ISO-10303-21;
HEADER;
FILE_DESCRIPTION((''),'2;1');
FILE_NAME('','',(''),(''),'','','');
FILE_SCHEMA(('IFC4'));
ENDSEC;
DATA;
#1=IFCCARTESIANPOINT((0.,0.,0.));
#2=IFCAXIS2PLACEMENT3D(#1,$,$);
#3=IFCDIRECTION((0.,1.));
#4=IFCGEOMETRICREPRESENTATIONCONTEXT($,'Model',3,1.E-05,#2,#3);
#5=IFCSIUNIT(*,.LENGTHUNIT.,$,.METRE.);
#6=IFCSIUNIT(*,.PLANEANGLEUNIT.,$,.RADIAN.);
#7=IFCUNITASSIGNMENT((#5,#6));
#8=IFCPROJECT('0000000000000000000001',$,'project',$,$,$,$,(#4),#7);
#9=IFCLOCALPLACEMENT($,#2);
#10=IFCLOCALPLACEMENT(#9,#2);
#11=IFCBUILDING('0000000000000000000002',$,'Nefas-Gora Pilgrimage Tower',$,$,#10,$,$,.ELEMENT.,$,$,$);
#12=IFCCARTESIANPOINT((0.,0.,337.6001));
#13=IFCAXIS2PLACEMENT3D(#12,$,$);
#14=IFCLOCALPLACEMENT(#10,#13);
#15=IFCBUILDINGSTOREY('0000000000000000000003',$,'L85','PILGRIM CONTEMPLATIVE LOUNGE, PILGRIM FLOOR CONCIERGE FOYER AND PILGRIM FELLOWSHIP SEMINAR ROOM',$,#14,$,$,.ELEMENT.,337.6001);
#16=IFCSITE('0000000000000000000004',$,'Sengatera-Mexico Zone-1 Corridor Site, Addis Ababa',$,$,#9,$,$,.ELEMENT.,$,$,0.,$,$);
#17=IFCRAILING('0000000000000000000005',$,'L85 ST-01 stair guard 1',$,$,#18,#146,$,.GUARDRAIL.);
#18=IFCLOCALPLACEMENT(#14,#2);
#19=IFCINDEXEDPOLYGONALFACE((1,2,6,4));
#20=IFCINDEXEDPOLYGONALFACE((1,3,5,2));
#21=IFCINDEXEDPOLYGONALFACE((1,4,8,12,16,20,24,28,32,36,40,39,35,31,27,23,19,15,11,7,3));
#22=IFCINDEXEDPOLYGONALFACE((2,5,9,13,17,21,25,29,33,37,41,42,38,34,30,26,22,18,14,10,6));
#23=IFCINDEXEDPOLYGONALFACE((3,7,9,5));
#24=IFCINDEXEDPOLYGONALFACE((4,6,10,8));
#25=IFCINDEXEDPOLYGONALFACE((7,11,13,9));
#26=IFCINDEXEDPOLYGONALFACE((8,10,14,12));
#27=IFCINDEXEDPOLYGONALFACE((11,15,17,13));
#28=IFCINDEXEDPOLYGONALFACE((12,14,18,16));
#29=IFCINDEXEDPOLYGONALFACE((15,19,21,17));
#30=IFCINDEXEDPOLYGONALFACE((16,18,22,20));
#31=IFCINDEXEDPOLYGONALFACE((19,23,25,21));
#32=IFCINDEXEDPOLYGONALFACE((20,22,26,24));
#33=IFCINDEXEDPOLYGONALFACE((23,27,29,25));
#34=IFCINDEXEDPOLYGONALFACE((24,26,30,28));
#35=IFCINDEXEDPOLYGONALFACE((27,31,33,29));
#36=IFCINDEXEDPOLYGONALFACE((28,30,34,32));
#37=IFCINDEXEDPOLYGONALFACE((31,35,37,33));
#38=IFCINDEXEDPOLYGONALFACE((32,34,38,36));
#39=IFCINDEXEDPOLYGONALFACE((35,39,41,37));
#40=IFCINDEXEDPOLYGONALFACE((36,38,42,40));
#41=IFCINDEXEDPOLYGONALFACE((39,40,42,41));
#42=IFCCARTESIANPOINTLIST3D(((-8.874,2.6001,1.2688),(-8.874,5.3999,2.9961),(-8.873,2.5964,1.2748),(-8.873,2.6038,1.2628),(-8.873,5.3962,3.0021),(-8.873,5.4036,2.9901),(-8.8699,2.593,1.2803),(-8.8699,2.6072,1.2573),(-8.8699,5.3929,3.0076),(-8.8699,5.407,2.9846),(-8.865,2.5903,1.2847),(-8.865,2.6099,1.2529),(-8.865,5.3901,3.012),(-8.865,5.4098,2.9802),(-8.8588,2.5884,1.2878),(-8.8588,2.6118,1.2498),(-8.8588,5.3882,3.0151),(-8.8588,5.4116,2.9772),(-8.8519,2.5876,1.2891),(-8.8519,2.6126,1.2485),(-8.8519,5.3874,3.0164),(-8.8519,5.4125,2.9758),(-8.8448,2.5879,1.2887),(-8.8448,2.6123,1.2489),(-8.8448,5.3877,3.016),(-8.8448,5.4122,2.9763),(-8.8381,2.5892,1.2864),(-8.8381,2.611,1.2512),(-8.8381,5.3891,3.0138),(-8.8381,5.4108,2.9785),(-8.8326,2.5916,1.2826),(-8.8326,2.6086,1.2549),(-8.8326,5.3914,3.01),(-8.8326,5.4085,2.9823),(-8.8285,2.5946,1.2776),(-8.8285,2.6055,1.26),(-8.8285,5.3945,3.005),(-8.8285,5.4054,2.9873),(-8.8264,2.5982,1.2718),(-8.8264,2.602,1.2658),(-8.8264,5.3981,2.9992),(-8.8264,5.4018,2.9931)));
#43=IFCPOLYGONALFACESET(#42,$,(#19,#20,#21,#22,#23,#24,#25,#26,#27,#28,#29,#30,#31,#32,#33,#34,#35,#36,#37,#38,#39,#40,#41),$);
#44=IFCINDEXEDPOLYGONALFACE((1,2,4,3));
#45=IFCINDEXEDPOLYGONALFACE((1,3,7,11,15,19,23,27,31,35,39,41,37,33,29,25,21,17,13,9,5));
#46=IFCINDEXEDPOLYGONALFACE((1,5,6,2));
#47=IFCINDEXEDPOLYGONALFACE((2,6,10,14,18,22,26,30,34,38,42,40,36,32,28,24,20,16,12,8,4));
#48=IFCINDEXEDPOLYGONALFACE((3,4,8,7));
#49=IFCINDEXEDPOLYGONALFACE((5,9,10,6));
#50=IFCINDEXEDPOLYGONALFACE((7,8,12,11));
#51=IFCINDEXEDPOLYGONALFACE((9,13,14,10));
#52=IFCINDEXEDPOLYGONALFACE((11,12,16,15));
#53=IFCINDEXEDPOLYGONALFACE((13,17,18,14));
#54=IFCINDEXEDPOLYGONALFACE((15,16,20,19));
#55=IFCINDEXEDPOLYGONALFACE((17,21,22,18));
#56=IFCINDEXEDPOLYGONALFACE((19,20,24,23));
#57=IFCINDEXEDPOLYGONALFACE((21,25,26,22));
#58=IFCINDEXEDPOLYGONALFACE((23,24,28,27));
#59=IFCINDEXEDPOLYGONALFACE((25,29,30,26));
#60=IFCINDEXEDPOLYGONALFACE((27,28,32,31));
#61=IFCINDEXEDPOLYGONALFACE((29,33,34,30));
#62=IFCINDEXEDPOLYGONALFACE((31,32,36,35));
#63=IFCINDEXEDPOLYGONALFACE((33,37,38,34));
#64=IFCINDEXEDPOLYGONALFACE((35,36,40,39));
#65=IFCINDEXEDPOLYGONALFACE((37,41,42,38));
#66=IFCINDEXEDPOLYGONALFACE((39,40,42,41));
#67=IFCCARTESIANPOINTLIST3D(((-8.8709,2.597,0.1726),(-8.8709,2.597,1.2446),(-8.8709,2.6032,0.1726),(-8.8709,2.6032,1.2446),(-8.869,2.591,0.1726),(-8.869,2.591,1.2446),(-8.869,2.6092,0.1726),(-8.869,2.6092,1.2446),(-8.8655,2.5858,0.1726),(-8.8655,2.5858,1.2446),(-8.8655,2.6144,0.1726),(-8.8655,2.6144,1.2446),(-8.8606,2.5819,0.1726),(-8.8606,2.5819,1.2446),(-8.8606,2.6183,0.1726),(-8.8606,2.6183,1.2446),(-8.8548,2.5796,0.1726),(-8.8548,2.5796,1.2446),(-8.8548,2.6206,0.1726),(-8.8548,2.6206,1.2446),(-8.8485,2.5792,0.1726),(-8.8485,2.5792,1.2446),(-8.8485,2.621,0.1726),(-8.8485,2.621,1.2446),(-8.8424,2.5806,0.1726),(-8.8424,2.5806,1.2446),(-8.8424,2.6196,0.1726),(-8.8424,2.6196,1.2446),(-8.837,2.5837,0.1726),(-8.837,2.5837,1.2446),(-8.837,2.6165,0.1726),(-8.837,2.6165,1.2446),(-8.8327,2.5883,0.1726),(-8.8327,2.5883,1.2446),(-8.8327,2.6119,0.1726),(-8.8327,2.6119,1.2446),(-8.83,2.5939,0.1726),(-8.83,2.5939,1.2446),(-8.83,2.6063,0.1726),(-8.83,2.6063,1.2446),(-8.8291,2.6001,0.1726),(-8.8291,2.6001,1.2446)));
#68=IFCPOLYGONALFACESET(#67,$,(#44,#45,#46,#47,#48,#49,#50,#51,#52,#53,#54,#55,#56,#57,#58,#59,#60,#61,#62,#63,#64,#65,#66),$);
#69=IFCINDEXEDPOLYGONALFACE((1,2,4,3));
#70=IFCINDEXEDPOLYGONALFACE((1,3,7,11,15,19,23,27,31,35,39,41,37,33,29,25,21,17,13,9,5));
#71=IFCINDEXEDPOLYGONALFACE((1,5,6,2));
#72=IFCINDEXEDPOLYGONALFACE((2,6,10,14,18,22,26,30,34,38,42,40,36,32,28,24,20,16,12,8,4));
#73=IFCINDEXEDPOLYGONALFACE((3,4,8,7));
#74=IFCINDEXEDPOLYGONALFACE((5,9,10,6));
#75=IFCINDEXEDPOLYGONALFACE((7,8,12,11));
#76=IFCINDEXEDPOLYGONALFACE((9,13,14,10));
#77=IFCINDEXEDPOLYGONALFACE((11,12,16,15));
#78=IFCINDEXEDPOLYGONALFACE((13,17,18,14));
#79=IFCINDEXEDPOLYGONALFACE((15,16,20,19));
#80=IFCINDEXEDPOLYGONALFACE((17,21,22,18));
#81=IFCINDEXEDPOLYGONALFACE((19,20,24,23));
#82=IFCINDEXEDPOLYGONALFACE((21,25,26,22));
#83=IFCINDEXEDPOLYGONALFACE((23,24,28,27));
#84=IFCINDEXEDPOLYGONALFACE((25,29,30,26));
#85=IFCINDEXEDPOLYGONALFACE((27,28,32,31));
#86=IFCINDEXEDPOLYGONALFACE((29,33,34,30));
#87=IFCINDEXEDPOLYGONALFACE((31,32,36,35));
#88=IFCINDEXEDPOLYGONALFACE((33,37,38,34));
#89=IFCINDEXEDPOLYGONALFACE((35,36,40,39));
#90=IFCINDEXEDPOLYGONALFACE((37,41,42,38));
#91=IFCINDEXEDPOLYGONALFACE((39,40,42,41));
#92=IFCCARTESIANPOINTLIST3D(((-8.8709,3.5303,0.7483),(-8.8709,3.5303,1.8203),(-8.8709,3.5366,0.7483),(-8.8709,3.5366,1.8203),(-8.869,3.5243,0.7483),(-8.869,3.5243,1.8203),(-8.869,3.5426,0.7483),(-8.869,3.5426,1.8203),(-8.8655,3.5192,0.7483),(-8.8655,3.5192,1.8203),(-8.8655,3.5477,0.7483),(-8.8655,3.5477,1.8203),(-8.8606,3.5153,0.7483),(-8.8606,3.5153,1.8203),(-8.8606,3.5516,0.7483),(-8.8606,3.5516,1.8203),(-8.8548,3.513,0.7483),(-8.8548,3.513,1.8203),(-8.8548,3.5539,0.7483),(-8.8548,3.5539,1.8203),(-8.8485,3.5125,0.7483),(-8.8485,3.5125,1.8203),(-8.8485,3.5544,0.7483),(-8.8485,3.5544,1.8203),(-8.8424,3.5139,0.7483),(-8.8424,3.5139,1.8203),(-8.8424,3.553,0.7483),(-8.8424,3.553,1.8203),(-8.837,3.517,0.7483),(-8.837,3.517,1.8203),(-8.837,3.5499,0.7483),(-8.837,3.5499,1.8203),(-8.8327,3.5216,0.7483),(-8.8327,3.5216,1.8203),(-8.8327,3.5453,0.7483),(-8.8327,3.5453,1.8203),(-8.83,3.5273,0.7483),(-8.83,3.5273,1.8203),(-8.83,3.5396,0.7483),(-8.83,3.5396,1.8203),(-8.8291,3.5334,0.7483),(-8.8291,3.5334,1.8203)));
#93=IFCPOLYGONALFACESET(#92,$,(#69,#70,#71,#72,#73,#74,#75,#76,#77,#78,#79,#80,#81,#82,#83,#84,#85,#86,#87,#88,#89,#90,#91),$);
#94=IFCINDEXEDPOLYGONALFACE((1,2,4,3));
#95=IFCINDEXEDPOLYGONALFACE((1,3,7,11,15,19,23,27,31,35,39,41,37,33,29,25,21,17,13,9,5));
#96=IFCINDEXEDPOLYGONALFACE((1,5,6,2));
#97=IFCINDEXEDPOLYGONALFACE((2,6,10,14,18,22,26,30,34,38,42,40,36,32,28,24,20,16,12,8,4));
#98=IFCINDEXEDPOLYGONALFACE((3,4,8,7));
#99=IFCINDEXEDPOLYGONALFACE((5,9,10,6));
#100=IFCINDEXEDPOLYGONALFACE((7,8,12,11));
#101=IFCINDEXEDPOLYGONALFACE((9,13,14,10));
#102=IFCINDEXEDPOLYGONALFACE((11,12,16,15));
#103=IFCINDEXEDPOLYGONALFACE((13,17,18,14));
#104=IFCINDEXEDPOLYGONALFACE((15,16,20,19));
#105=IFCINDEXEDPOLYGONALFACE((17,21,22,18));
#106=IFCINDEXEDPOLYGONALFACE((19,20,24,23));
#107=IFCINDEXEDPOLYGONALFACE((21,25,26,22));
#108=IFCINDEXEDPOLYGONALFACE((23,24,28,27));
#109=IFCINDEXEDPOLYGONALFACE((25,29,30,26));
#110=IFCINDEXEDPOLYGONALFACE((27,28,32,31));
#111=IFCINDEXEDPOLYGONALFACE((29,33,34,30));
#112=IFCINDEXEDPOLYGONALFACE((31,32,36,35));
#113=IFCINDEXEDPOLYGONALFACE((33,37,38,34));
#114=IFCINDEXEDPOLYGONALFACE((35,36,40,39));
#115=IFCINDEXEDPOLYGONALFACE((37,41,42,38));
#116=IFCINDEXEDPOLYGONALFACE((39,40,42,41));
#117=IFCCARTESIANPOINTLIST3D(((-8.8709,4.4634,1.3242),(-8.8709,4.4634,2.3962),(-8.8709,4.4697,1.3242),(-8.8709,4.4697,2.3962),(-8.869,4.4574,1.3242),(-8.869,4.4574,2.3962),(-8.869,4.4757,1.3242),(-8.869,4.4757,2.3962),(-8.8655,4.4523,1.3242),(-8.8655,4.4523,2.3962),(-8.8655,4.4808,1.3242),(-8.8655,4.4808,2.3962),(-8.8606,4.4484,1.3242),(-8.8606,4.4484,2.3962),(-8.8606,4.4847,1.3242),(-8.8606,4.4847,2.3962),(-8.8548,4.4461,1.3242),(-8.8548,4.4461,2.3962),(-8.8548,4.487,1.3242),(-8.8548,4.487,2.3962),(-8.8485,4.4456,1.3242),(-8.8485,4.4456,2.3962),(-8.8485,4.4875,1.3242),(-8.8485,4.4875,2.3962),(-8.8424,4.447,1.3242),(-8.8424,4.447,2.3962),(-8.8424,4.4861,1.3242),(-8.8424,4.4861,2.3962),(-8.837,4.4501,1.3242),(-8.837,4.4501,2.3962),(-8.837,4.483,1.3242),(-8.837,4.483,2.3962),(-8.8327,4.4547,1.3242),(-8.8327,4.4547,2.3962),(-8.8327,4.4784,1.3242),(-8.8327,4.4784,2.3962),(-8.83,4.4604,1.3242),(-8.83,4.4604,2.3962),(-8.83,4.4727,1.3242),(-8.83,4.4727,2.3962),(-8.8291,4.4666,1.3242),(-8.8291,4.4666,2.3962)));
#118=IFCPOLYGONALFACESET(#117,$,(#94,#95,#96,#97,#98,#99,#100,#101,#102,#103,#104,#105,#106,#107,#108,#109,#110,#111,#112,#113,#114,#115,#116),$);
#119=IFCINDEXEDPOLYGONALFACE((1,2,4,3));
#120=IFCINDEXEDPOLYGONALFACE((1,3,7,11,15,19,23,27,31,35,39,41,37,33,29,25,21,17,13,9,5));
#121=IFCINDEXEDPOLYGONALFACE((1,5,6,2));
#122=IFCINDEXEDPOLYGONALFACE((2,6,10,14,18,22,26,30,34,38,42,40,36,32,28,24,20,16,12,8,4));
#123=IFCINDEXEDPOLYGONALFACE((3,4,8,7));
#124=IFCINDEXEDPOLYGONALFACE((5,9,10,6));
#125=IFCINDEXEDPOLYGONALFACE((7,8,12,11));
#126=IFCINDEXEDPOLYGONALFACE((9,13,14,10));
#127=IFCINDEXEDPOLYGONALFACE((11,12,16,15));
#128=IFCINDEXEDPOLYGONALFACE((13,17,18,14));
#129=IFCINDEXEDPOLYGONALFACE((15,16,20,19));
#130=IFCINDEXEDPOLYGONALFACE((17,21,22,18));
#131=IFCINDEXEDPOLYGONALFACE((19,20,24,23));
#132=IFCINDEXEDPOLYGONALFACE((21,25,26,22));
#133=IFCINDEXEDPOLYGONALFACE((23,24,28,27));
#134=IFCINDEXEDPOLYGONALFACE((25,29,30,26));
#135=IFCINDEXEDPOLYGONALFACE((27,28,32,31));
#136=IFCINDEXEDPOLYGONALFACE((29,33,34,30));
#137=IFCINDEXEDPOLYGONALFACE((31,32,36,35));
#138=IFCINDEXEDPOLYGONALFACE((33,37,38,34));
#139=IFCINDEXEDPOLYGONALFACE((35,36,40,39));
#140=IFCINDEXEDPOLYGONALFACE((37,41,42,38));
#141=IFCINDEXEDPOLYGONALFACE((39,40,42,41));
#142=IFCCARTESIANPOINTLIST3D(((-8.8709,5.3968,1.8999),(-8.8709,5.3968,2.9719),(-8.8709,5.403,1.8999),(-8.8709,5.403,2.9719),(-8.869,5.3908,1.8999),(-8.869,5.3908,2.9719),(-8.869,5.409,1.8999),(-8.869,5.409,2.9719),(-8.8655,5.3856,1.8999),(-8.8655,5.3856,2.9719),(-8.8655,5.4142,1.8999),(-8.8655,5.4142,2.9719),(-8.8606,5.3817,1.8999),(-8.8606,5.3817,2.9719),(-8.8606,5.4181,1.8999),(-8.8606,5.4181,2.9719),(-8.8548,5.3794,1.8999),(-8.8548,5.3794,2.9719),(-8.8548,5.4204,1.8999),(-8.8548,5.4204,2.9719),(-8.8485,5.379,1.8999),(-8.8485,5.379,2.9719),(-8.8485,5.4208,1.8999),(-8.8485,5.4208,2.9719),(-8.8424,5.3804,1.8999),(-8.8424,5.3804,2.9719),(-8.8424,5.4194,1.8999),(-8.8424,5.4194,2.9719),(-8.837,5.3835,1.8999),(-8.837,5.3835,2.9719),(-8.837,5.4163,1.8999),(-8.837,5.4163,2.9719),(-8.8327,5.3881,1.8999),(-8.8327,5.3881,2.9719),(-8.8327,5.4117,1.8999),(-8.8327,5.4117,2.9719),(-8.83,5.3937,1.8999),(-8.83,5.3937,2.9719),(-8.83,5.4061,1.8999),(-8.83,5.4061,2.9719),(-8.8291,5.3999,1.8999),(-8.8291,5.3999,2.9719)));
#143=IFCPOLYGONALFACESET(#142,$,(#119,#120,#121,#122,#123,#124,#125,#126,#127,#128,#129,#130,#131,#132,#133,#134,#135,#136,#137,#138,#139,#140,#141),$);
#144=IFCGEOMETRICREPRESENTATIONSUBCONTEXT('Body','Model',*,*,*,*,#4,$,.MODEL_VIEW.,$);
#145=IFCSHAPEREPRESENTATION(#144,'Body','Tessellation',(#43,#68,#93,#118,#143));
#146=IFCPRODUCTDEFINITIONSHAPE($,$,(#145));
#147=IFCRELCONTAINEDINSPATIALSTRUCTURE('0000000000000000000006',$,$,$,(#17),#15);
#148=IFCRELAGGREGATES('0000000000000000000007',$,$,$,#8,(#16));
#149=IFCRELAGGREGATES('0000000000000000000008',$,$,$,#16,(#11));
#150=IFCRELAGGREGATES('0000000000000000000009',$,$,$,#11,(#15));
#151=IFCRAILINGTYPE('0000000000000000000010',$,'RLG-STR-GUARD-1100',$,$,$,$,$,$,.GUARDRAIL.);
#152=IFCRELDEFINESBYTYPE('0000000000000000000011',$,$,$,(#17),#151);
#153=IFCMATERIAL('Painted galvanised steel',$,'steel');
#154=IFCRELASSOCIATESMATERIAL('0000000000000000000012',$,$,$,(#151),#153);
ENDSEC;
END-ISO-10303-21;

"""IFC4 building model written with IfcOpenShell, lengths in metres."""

from ifc_helpers import new_model, si_unit, direction, frame, origin, origin_2d, place, context, subcontext, project, spatial, circle, extrude, material, type_object, element, save


model = new_model("IFC4")

# Units and contexts
model_context = context("Model", 3, precision=1e-05, world=origin(), true_north=direction((0.0, 1.0)))
body_context = subcontext(model_context, "Body", "Model", "MODEL_VIEW")
ifc_project = project(units=[si_unit("LENGTHUNIT", "METRE"), si_unit("PLANEANGLEUNIT", "RADIAN")], contexts=[model_context])

# Site, building, storey
site_placement = place(None, origin())
site = spatial("IfcSite", under=ifc_project, at=site_placement, Name="Sengatera-Mexico Zone-1 Corridor Site, Addis Ababa", CompositionType="ELEMENT", RefElevation=0.0)
building_placement = place(site_placement, origin())
building = spatial("IfcBuilding", under=site, at=building_placement, Name="Nefas-Gora Pilgrimage Tower", CompositionType="ELEMENT")
storey_placement = place(building_placement, frame((0.0, 0.0, 337.6001)))
storey = spatial("IfcBuildingStorey", under=building, at=storey_placement, Name="L85", Description="PILGRIM CONTEMPLATIVE LOUNGE, PILGRIM FLOOR CONCIERGE FOYER AND PILGRIM FELLOWSHIP SEMINAR ROOM", CompositionType="ELEMENT", Elevation=337.6001)

# Railing
ifc_material_1 = material(Name="Painted galvanised steel", Category="steel")
railing_type_1 = type_object("IfcRailingType", Name="RLG-STR-GUARD-1100", PredefinedType="GUARDRAIL", material=ifc_material_1)
railing_1_placement = place(storey_placement, frame((-8.8501, 2.6001, 0.1726)))
element("IfcRailing", 1, at=railing_1_placement, inside=storey, type_object=railing_type_1, Name="L85 ST-01 stair guard 1", PredefinedType="GUARDRAIL", context=body_context, shape_type="SweptSolid", body=[
    extrude(circle(Radius=0.0239, at=origin_2d()), frame((0.0, 0.0, 1.0962), z_axis=(0.0, 0.851069, 0.525054), x_axis=(-1.0, 0.0, 0.0)), (0.0, 0.0, 1.0), 3.2898),
    extrude(circle(Radius=0.021, at=origin_2d()), origin(), (0.0, 0.0, 1.0), 1.072),
    extrude(circle(Radius=0.021, at=origin_2d()), frame((0.0, 0.9333, 0.5757)), (0.0, 0.0, 1.0), 1.072),
    extrude(circle(Radius=0.021, at=origin_2d()), frame((0.0, 1.8665, 1.1516)), (0.0, 0.0, 1.0), 1.072),
    extrude(circle(Radius=0.021, at=origin_2d()), frame((0.0, 2.7998, 1.7273)), (0.0, 0.0, 1.0), 1.072),
])

save(model, "model.ifc")
